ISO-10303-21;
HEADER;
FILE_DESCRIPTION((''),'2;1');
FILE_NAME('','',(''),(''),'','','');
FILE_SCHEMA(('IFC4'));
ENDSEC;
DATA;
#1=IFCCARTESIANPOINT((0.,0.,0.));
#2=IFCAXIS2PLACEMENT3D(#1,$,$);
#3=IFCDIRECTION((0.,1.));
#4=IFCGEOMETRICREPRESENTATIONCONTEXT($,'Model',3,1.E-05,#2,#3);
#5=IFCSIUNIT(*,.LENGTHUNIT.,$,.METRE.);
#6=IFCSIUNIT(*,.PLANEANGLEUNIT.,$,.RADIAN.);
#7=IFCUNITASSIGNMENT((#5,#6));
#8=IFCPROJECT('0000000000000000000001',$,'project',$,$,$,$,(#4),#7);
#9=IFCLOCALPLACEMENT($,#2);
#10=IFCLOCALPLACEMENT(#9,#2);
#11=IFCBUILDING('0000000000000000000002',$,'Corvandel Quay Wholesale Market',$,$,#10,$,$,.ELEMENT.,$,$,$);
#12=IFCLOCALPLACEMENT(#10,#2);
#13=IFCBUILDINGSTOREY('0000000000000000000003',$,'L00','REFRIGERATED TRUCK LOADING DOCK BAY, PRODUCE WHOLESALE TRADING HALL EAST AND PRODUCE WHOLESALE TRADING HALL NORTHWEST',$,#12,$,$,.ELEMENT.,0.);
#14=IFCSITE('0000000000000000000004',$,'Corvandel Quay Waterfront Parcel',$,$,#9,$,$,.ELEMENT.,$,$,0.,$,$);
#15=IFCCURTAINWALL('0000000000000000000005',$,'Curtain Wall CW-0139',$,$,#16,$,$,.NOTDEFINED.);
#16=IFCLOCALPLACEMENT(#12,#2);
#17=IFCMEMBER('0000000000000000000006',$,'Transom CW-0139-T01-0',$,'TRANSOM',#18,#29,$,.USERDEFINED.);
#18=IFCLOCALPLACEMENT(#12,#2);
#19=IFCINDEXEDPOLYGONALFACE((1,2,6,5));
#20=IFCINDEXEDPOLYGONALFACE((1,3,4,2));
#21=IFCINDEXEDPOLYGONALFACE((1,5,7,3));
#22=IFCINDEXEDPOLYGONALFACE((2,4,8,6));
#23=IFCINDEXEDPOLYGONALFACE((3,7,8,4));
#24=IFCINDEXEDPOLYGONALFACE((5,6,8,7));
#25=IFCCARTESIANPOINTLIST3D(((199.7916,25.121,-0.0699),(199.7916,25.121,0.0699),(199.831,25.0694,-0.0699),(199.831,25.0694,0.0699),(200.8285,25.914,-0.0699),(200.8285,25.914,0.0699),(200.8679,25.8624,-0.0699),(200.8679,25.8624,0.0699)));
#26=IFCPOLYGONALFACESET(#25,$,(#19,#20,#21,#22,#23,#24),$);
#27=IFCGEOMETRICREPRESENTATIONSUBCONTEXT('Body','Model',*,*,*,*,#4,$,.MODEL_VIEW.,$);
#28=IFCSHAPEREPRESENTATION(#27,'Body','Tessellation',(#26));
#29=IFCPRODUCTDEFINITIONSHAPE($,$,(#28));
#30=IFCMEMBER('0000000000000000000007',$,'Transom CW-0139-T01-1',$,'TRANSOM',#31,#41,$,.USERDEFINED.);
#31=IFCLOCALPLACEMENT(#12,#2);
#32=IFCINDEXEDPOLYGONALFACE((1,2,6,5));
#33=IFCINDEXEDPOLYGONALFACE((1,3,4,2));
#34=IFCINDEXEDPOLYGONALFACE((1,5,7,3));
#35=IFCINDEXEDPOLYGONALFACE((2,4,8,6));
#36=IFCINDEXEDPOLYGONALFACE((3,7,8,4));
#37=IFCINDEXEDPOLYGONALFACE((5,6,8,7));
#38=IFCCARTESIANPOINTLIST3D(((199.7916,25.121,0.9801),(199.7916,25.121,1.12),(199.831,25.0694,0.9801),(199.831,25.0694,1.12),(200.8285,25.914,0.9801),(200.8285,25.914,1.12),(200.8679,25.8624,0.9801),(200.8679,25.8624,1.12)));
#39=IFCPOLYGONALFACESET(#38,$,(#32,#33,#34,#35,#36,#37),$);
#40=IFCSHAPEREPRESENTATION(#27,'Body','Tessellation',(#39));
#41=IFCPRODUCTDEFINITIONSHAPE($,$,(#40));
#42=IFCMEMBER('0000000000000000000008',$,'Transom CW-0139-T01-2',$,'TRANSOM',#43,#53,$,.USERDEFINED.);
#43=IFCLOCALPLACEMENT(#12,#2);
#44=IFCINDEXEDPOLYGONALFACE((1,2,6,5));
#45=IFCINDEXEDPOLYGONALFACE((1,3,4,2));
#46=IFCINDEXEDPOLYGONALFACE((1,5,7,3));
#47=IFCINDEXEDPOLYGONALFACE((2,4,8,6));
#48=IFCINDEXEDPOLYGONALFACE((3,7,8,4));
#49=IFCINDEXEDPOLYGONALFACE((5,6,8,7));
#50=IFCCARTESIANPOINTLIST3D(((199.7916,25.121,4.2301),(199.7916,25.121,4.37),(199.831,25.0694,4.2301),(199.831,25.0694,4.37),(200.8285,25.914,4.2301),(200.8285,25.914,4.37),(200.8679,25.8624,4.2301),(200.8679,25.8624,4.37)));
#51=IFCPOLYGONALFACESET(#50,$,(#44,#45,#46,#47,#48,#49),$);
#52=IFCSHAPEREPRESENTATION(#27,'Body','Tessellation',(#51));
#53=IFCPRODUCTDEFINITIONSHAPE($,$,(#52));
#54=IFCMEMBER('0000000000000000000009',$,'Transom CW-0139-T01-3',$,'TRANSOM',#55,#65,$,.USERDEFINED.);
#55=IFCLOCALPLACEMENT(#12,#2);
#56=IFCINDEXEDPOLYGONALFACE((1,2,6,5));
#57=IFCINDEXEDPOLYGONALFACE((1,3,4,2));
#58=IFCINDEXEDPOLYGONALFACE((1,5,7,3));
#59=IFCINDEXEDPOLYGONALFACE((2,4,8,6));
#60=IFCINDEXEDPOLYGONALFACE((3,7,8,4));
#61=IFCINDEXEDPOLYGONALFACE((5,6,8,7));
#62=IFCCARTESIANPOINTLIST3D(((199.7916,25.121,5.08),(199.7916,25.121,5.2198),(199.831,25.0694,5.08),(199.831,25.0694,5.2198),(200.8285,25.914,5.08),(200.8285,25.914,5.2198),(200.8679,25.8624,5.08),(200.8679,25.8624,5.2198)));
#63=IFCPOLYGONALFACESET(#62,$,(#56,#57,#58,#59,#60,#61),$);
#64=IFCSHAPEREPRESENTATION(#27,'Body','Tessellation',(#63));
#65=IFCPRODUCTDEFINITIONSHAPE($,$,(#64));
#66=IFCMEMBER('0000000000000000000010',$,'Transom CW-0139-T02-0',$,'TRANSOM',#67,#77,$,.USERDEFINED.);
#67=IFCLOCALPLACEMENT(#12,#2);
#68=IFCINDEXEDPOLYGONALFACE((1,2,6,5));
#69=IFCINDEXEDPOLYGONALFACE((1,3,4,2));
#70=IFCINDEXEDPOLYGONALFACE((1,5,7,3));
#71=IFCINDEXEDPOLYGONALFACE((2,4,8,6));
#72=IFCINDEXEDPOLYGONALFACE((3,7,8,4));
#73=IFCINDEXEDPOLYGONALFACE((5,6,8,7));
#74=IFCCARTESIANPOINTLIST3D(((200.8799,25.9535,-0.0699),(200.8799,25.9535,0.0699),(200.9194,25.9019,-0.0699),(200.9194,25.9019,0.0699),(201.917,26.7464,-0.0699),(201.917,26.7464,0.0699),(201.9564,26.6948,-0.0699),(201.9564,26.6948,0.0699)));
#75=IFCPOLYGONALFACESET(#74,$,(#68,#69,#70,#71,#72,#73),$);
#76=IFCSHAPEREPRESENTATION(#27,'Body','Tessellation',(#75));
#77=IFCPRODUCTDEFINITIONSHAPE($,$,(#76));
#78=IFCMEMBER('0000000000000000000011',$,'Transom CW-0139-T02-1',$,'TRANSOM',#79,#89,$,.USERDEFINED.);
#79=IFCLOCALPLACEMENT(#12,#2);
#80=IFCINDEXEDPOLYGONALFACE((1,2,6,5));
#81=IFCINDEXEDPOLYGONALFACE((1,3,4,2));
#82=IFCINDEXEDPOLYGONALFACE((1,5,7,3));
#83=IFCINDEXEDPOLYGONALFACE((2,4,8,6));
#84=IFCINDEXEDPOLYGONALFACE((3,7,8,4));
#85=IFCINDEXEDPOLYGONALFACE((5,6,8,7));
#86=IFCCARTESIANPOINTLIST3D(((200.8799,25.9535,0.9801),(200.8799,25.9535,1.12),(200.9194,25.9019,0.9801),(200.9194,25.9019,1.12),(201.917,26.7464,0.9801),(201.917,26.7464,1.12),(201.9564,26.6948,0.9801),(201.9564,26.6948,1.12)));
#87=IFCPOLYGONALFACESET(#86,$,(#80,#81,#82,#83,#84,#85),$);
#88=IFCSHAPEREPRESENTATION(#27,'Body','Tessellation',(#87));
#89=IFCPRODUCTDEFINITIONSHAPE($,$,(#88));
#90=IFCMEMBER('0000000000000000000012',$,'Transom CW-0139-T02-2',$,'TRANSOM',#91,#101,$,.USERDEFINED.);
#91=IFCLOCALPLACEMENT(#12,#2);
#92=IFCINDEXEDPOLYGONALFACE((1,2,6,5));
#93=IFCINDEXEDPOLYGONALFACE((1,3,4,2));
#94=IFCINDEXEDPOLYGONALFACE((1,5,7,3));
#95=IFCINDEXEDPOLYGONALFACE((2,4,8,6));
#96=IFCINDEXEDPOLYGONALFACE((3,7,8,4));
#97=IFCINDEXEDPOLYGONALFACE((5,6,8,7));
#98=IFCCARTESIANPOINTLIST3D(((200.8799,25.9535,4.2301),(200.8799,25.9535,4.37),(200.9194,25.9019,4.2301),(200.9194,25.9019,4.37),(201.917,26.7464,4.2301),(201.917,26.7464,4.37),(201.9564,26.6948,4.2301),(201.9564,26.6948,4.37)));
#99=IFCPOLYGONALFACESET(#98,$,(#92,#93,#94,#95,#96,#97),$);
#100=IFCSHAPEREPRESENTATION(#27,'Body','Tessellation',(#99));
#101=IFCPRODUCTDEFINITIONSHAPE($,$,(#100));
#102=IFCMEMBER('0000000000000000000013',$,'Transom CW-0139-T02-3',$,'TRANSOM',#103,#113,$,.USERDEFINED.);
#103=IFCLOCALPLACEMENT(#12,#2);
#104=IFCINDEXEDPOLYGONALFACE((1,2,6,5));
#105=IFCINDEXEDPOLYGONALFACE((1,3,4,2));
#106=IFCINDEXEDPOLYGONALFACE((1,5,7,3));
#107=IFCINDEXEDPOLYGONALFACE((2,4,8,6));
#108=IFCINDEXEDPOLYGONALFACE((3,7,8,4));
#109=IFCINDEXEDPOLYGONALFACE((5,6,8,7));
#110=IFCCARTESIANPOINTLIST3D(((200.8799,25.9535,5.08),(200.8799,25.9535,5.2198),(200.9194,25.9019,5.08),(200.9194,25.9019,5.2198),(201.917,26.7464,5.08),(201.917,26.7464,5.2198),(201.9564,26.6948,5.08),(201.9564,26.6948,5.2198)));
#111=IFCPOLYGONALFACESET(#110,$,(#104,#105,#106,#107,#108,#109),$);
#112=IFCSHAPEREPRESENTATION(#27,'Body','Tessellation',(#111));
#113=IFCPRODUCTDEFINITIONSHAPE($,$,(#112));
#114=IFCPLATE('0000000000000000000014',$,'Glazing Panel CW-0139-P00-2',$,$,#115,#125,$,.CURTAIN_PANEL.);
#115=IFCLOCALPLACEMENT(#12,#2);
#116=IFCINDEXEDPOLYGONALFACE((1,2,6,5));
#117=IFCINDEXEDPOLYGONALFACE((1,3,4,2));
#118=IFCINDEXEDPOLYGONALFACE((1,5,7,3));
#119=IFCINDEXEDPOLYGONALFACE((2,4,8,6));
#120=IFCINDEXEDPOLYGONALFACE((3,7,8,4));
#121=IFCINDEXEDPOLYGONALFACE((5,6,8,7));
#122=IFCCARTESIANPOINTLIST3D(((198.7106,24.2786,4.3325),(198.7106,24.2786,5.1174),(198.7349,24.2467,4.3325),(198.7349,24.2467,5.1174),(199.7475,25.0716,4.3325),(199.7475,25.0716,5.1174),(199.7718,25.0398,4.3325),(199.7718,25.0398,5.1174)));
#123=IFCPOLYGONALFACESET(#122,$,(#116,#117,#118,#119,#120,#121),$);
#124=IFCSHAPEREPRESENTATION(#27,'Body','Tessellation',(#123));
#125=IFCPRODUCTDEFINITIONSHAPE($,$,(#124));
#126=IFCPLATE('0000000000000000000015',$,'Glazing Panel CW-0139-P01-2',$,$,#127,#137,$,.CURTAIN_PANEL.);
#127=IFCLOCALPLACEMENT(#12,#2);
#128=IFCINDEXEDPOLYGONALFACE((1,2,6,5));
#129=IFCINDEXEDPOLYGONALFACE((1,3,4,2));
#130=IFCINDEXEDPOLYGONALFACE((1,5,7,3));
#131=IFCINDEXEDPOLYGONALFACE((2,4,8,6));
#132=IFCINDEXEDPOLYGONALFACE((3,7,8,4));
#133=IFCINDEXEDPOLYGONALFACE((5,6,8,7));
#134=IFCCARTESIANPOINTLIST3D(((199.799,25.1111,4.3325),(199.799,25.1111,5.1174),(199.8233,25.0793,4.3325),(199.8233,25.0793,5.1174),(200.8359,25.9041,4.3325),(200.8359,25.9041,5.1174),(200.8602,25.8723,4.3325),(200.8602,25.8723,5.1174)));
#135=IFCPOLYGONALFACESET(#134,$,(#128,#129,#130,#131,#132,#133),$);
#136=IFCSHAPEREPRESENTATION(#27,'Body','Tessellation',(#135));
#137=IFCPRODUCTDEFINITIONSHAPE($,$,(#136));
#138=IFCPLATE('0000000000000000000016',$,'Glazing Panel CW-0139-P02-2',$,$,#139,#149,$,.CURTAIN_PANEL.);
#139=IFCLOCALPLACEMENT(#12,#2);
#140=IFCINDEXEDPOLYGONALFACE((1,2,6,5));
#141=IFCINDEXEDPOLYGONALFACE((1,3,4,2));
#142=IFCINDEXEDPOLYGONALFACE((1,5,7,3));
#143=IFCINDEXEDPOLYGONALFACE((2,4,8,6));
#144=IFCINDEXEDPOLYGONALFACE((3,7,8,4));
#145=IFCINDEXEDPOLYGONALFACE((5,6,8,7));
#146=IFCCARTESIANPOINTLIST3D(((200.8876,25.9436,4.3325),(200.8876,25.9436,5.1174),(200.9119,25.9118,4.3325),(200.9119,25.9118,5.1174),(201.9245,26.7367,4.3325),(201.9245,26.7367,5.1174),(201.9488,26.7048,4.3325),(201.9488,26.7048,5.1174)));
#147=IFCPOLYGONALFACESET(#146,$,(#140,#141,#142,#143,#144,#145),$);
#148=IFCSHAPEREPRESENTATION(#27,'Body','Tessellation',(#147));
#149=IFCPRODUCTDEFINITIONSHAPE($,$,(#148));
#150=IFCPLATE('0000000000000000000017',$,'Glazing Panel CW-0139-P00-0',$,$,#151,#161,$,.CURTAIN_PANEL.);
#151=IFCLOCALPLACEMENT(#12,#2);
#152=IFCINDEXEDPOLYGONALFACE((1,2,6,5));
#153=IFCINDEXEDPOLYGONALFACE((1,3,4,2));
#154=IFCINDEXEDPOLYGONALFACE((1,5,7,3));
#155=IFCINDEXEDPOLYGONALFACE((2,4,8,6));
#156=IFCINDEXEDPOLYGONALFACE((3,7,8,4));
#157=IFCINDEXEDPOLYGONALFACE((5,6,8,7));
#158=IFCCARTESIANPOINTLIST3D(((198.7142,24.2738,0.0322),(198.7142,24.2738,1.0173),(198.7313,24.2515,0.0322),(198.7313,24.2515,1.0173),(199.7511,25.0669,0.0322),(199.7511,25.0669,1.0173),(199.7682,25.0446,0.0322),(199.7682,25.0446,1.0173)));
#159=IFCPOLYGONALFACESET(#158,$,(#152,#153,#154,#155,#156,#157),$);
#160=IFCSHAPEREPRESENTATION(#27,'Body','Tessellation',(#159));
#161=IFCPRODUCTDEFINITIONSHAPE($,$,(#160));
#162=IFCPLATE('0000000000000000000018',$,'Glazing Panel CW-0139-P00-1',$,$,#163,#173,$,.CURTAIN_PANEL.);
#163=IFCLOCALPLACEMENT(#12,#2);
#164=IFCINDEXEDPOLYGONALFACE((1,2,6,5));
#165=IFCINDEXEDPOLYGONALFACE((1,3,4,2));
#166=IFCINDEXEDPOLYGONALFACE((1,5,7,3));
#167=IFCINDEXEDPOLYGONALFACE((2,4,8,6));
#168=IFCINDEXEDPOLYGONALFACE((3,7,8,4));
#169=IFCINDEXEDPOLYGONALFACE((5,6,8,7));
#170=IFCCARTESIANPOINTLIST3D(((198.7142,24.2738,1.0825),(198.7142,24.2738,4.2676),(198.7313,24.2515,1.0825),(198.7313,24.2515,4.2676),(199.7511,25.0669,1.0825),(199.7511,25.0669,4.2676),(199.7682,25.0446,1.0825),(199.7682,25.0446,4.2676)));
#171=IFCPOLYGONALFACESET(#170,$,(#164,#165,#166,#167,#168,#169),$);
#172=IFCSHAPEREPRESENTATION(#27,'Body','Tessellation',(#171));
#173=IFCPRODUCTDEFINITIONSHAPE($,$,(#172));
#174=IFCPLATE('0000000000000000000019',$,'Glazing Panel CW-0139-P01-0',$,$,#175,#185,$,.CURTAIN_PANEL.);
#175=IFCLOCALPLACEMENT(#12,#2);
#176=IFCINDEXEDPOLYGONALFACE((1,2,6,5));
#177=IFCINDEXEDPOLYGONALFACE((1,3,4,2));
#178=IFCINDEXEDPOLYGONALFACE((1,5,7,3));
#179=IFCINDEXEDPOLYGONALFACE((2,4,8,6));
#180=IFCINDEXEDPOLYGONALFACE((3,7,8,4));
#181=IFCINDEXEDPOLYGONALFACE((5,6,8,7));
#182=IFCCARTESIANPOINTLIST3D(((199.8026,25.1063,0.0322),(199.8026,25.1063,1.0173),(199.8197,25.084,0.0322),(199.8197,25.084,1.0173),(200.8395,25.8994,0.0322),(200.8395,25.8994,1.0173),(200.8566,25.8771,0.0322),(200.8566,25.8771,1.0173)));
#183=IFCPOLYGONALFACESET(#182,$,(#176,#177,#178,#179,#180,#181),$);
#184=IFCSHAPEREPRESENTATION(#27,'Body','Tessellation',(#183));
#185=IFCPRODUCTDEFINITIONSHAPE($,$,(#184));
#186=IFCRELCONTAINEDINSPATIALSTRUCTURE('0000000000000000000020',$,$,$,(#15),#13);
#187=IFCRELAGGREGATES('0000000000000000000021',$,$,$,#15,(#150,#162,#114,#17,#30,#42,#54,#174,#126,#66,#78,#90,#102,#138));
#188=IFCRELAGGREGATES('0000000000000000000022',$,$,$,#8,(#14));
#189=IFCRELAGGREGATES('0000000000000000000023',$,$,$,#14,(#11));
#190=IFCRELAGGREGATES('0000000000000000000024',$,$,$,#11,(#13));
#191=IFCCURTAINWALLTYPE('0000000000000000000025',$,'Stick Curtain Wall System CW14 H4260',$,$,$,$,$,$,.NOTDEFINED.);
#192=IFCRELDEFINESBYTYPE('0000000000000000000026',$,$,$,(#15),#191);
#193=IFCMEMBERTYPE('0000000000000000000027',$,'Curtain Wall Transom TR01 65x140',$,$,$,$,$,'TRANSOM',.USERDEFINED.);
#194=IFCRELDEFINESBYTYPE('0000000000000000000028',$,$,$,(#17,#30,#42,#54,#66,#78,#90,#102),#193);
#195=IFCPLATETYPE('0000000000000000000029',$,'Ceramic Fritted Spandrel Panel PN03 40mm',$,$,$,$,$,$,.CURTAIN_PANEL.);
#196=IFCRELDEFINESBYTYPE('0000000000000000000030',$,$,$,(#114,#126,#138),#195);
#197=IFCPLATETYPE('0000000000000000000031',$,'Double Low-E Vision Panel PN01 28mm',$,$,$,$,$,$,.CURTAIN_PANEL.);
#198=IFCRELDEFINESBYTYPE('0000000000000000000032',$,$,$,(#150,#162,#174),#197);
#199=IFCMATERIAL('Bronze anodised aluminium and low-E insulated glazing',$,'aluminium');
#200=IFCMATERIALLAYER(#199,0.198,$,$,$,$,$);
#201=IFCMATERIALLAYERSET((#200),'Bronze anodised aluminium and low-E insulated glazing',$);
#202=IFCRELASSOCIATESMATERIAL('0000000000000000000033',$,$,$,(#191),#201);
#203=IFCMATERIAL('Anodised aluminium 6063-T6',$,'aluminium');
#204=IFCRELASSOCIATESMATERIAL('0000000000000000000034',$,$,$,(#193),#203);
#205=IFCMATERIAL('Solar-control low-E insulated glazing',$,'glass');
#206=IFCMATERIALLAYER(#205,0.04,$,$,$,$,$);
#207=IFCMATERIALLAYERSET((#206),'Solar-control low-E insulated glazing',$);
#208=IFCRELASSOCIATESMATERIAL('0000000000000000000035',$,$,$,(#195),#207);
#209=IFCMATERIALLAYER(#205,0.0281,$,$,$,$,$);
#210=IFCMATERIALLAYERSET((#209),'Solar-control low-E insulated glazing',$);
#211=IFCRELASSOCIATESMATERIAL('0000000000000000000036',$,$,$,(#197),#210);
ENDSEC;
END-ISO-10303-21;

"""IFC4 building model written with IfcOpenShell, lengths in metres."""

from ifc_helpers import new_model, si_unit, direction, frame, origin, origin_2d, place, context, subcontext, project, spatial, rectangle, extrude, material, layer, layer_set, material_profile, profile_set, type_object, element, aggregate, save


model = new_model("IFC4")

# Units and contexts
model_context = context("Model", 3, precision=1e-05, world=origin(), true_north=direction((0.0, 1.0)))
body_context = subcontext(model_context, "Body", "Model", "MODEL_VIEW")
ifc_project = project(units=[si_unit("LENGTHUNIT", "METRE"), si_unit("PLANEANGLEUNIT", "RADIAN")], contexts=[model_context])

# Site, building, storey
site_placement = place(None, origin())
site = spatial("IfcSite", under=ifc_project, at=site_placement, Name="Corvandel Quay Waterfront Parcel", CompositionType="ELEMENT", RefElevation=0.0)
building_placement = place(site_placement, origin())
building = spatial("IfcBuilding", under=site, at=building_placement, Name="Corvandel Quay Wholesale Market", CompositionType="ELEMENT")
storey_placement = place(building_placement, origin())
storey = spatial("IfcBuildingStorey", under=building, at=storey_placement, Name="L00", Description="REFRIGERATED TRUCK LOADING DOCK BAY, PRODUCE WHOLESALE TRADING HALL EAST AND PRODUCE WHOLESALE TRADING HALL NORTHWEST", CompositionType="ELEMENT", Elevation=0.0)

# Curtain wall, members, plates
ifc_material_1 = material(Name="Bronze anodised aluminium and low-E insulated glazing", Category="aluminium")
ifc_layer_1 = layer(ifc_material_1, 0.198)
ifc_layer_set_1 = layer_set([ifc_layer_1], Name="Bronze anodised aluminium and low-E insulated glazing")
curtain_wall_type = type_object("IfcCurtainWallType", Name="Stick Curtain Wall System CW14 H4260", PredefinedType="NOTDEFINED", material=ifc_layer_set_1)
curtain_wall_placement = place(storey_placement, origin())
curtain_wall = element("IfcCurtainWall", 1, at=curtain_wall_placement, inside=storey, type_object=curtain_wall_type, Name="Curtain Wall CW-0139", PredefinedType="NOTDEFINED")
ifc_material_2 = material(Name="Anodised aluminium 6063-T6", Category="aluminium")
ifc_material_profile_1 = material_profile(ifc_material_2, rectangle(XDim=0.0649, YDim=0.1399, at=origin_2d()), Name="ALU-TRN-65x140")
ifc_profile_set_1 = profile_set([ifc_material_profile_1], Name="Anodised aluminium 6063-T6")
member_type_1 = type_object("IfcMemberType", Name="Curtain Wall Transom TR01 65x140", ElementType="TRANSOM", PredefinedType="USERDEFINED", material=ifc_profile_set_1)
member_1_placement = place(storey_placement, frame((199.8113, 25.0952, 0.0), z_axis=(0.794331, 0.607485, 0.0), x_axis=(-0.607485, 0.794331, 0.0)))
member_1 = element("IfcMember", 2, at=member_1_placement, type_object=member_type_1, Name="Transom CW-0139-T01-0", ObjectType="TRANSOM", PredefinedType="USERDEFINED", context=body_context, shape_type="SweptSolid", body=[
    extrude(rectangle(XDim=0.0649, YDim=0.1399, at=origin_2d()), origin(), (0.0, 0.0, 1.0), 1.3054),
])
member_2_placement = place(storey_placement, frame((199.8113, 25.0952, 1.05), z_axis=(0.794331, 0.607485, 0.0), x_axis=(-0.607485, 0.794331, 0.0)))
member_2 = element("IfcMember", 3, at=member_2_placement, type_object=member_type_1, Name="Transom CW-0139-T01-1", ObjectType="TRANSOM", PredefinedType="USERDEFINED", context=body_context, shape_type="SweptSolid", body=[
    extrude(rectangle(XDim=0.0649, YDim=0.1399, at=origin_2d()), origin(), (0.0, 0.0, 1.0), 1.3054),
])
member_3_placement = place(storey_placement, frame((199.8113, 25.0952, 4.3), z_axis=(0.794331, 0.607485, 0.0), x_axis=(-0.607485, 0.794331, 0.0)))
member_3 = element("IfcMember", 4, at=member_3_placement, type_object=member_type_1, Name="Transom CW-0139-T01-2", ObjectType="TRANSOM", PredefinedType="USERDEFINED", context=body_context, shape_type="SweptSolid", body=[
    extrude(rectangle(XDim=0.0649, YDim=0.1399, at=origin_2d()), origin(), (0.0, 0.0, 1.0), 1.3054),
])
member_4_placement = place(storey_placement, frame((199.8113, 25.0952, 5.1499), z_axis=(0.794331, 0.607485, 0.0), x_axis=(-0.607485, 0.794331, 0.0)))
member_4 = element("IfcMember", 5, at=member_4_placement, type_object=member_type_1, Name="Transom CW-0139-T01-3", ObjectType="TRANSOM", PredefinedType="USERDEFINED", context=body_context, shape_type="SweptSolid", body=[
    extrude(rectangle(XDim=0.0649, YDim=0.1399, at=origin_2d()), origin(), (0.0, 0.0, 1.0), 1.3054),
])
member_5_placement = place(storey_placement, frame((200.8997, 25.9277, 0.0), z_axis=(0.7944, 0.607395, 0.0), x_axis=(-0.607395, 0.7944, 0.0)))
member_5 = element("IfcMember", 6, at=member_5_placement, type_object=member_type_1, Name="Transom CW-0139-T02-0", ObjectType="TRANSOM", PredefinedType="USERDEFINED", context=body_context, shape_type="SweptSolid", body=[
    extrude(rectangle(XDim=0.0649, YDim=0.1399, at=origin_2d()), origin(), (0.0, 0.0, 1.0), 1.3054),
])
member_6_placement = place(storey_placement, frame((200.8997, 25.9277, 1.05), z_axis=(0.7944, 0.607395, 0.0), x_axis=(-0.607395, 0.7944, 0.0)))
member_6 = element("IfcMember", 7, at=member_6_placement, type_object=member_type_1, Name="Transom CW-0139-T02-1", ObjectType="TRANSOM", PredefinedType="USERDEFINED", context=body_context, shape_type="SweptSolid", body=[
    extrude(rectangle(XDim=0.0649, YDim=0.1399, at=origin_2d()), origin(), (0.0, 0.0, 1.0), 1.3054),
])
member_7_placement = place(storey_placement, frame((200.8997, 25.9277, 4.3), z_axis=(0.7944, 0.607395, 0.0), x_axis=(-0.607395, 0.7944, 0.0)))
member_7 = element("IfcMember", 8, at=member_7_placement, type_object=member_type_1, Name="Transom CW-0139-T02-2", ObjectType="TRANSOM", PredefinedType="USERDEFINED", context=body_context, shape_type="SweptSolid", body=[
    extrude(rectangle(XDim=0.0649, YDim=0.1399, at=origin_2d()), origin(), (0.0, 0.0, 1.0), 1.3054),
])
member_8_placement = place(storey_placement, frame((200.8997, 25.9277, 5.1499), z_axis=(0.7944, 0.607395, 0.0), x_axis=(-0.607395, 0.7944, 0.0)))
member_8 = element("IfcMember", 9, at=member_8_placement, type_object=member_type_1, Name="Transom CW-0139-T02-3", ObjectType="TRANSOM", PredefinedType="USERDEFINED", context=body_context, shape_type="SweptSolid", body=[
    extrude(rectangle(XDim=0.0649, YDim=0.1399, at=origin_2d()), origin(), (0.0, 0.0, 1.0), 1.3054),
])
ifc_material_3 = material(Name="Solar-control low-E insulated glazing", Category="glass")
ifc_layer_2 = layer(ifc_material_3, 0.04)
ifc_layer_set_2 = layer_set([ifc_layer_2], Name="Solar-control low-E insulated glazing")
plate_type_1 = type_object("IfcPlateType", Name="Ceramic Fritted Spandrel Panel PN03 40mm", PredefinedType="CURTAIN_PANEL", material=ifc_layer_set_2)
plate_1_placement = place(storey_placement, frame((199.2412, 24.6592, 4.3325), z_axis=(0.0, 0.0, 1.0), x_axis=(0.794309, 0.607514, 0.0)))
plate_1 = element("IfcPlate", 10, at=plate_1_placement, type_object=plate_type_1, Name="Glazing Panel CW-0139-P00-2", PredefinedType="CURTAIN_PANEL", context=body_context, shape_type="SweptSolid", body=[
    extrude(rectangle(XDim=1.3054, YDim=0.04, at=origin_2d()), origin(), (0.0, 0.0, 1.0), 0.7849),
])
plate_2_placement = place(storey_placement, frame((200.3296, 25.4917, 4.3325), z_axis=(0.0, 0.0, 1.0), x_axis=(0.794309, 0.607514, 0.0)))
plate_2 = element("IfcPlate", 11, at=plate_2_placement, type_object=plate_type_1, Name="Glazing Panel CW-0139-P01-2", PredefinedType="CURTAIN_PANEL", context=body_context, shape_type="SweptSolid", body=[
    extrude(rectangle(XDim=1.3054, YDim=0.04, at=origin_2d()), origin(), (0.0, 0.0, 1.0), 0.7849),
])
plate_3_placement = place(storey_placement, frame((201.4182, 26.3242, 4.3325), z_axis=(0.0, 0.0, 1.0), x_axis=(0.794309, 0.607514, 0.0)))
plate_3 = element("IfcPlate", 12, at=plate_3_placement, type_object=plate_type_1, Name="Glazing Panel CW-0139-P02-2", PredefinedType="CURTAIN_PANEL", context=body_context, shape_type="SweptSolid", body=[
    extrude(rectangle(XDim=1.3054, YDim=0.04, at=origin_2d()), origin(), (0.0, 0.0, 1.0), 0.7849),
])
ifc_layer_3 = layer(ifc_material_3, 0.0281)
ifc_layer_set_3 = layer_set([ifc_layer_3], Name="Solar-control low-E insulated glazing")
plate_type_2 = type_object("IfcPlateType", Name="Double Low-E Vision Panel PN01 28mm", PredefinedType="CURTAIN_PANEL", material=ifc_layer_set_3)
plate_4_placement = place(storey_placement, frame((199.2412, 24.6592, 0.0322), z_axis=(0.0, 0.0, 1.0), x_axis=(0.794309, 0.607514, 0.0)))
plate_4 = element("IfcPlate", 13, at=plate_4_placement, type_object=plate_type_2, Name="Glazing Panel CW-0139-P00-0", PredefinedType="CURTAIN_PANEL", context=body_context, shape_type="SweptSolid", body=[
    extrude(rectangle(XDim=1.3054, YDim=0.0281, at=origin_2d()), origin(), (0.0, 0.0, 1.0), 0.9851),
])
plate_5_placement = place(storey_placement, frame((199.2412, 24.6592, 1.0825), z_axis=(0.0, 0.0, 1.0), x_axis=(0.794309, 0.607514, 0.0)))
plate_5 = element("IfcPlate", 14, at=plate_5_placement, type_object=plate_type_2, Name="Glazing Panel CW-0139-P00-1", PredefinedType="CURTAIN_PANEL", context=body_context, shape_type="SweptSolid", body=[
    extrude(rectangle(XDim=1.3054, YDim=0.0281, at=origin_2d()), origin(), (0.0, 0.0, 1.0), 3.1851),
])
plate_6_placement = place(storey_placement, frame((200.3296, 25.4917, 0.0322), z_axis=(0.0, 0.0, 1.0), x_axis=(0.794309, 0.607514, 0.0)))
plate_6 = element("IfcPlate", 15, at=plate_6_placement, type_object=plate_type_2, Name="Glazing Panel CW-0139-P01-0", PredefinedType="CURTAIN_PANEL", context=body_context, shape_type="SweptSolid", body=[
    extrude(rectangle(XDim=1.3054, YDim=0.0281, at=origin_2d()), origin(), (0.0, 0.0, 1.0), 0.9851),
])
aggregate(curtain_wall, [plate_4, plate_5, plate_1, member_1, member_2, member_3, member_4, plate_6, plate_2, member_5, member_6, member_7, member_8, plate_3])

save(model, "model.ifc")
